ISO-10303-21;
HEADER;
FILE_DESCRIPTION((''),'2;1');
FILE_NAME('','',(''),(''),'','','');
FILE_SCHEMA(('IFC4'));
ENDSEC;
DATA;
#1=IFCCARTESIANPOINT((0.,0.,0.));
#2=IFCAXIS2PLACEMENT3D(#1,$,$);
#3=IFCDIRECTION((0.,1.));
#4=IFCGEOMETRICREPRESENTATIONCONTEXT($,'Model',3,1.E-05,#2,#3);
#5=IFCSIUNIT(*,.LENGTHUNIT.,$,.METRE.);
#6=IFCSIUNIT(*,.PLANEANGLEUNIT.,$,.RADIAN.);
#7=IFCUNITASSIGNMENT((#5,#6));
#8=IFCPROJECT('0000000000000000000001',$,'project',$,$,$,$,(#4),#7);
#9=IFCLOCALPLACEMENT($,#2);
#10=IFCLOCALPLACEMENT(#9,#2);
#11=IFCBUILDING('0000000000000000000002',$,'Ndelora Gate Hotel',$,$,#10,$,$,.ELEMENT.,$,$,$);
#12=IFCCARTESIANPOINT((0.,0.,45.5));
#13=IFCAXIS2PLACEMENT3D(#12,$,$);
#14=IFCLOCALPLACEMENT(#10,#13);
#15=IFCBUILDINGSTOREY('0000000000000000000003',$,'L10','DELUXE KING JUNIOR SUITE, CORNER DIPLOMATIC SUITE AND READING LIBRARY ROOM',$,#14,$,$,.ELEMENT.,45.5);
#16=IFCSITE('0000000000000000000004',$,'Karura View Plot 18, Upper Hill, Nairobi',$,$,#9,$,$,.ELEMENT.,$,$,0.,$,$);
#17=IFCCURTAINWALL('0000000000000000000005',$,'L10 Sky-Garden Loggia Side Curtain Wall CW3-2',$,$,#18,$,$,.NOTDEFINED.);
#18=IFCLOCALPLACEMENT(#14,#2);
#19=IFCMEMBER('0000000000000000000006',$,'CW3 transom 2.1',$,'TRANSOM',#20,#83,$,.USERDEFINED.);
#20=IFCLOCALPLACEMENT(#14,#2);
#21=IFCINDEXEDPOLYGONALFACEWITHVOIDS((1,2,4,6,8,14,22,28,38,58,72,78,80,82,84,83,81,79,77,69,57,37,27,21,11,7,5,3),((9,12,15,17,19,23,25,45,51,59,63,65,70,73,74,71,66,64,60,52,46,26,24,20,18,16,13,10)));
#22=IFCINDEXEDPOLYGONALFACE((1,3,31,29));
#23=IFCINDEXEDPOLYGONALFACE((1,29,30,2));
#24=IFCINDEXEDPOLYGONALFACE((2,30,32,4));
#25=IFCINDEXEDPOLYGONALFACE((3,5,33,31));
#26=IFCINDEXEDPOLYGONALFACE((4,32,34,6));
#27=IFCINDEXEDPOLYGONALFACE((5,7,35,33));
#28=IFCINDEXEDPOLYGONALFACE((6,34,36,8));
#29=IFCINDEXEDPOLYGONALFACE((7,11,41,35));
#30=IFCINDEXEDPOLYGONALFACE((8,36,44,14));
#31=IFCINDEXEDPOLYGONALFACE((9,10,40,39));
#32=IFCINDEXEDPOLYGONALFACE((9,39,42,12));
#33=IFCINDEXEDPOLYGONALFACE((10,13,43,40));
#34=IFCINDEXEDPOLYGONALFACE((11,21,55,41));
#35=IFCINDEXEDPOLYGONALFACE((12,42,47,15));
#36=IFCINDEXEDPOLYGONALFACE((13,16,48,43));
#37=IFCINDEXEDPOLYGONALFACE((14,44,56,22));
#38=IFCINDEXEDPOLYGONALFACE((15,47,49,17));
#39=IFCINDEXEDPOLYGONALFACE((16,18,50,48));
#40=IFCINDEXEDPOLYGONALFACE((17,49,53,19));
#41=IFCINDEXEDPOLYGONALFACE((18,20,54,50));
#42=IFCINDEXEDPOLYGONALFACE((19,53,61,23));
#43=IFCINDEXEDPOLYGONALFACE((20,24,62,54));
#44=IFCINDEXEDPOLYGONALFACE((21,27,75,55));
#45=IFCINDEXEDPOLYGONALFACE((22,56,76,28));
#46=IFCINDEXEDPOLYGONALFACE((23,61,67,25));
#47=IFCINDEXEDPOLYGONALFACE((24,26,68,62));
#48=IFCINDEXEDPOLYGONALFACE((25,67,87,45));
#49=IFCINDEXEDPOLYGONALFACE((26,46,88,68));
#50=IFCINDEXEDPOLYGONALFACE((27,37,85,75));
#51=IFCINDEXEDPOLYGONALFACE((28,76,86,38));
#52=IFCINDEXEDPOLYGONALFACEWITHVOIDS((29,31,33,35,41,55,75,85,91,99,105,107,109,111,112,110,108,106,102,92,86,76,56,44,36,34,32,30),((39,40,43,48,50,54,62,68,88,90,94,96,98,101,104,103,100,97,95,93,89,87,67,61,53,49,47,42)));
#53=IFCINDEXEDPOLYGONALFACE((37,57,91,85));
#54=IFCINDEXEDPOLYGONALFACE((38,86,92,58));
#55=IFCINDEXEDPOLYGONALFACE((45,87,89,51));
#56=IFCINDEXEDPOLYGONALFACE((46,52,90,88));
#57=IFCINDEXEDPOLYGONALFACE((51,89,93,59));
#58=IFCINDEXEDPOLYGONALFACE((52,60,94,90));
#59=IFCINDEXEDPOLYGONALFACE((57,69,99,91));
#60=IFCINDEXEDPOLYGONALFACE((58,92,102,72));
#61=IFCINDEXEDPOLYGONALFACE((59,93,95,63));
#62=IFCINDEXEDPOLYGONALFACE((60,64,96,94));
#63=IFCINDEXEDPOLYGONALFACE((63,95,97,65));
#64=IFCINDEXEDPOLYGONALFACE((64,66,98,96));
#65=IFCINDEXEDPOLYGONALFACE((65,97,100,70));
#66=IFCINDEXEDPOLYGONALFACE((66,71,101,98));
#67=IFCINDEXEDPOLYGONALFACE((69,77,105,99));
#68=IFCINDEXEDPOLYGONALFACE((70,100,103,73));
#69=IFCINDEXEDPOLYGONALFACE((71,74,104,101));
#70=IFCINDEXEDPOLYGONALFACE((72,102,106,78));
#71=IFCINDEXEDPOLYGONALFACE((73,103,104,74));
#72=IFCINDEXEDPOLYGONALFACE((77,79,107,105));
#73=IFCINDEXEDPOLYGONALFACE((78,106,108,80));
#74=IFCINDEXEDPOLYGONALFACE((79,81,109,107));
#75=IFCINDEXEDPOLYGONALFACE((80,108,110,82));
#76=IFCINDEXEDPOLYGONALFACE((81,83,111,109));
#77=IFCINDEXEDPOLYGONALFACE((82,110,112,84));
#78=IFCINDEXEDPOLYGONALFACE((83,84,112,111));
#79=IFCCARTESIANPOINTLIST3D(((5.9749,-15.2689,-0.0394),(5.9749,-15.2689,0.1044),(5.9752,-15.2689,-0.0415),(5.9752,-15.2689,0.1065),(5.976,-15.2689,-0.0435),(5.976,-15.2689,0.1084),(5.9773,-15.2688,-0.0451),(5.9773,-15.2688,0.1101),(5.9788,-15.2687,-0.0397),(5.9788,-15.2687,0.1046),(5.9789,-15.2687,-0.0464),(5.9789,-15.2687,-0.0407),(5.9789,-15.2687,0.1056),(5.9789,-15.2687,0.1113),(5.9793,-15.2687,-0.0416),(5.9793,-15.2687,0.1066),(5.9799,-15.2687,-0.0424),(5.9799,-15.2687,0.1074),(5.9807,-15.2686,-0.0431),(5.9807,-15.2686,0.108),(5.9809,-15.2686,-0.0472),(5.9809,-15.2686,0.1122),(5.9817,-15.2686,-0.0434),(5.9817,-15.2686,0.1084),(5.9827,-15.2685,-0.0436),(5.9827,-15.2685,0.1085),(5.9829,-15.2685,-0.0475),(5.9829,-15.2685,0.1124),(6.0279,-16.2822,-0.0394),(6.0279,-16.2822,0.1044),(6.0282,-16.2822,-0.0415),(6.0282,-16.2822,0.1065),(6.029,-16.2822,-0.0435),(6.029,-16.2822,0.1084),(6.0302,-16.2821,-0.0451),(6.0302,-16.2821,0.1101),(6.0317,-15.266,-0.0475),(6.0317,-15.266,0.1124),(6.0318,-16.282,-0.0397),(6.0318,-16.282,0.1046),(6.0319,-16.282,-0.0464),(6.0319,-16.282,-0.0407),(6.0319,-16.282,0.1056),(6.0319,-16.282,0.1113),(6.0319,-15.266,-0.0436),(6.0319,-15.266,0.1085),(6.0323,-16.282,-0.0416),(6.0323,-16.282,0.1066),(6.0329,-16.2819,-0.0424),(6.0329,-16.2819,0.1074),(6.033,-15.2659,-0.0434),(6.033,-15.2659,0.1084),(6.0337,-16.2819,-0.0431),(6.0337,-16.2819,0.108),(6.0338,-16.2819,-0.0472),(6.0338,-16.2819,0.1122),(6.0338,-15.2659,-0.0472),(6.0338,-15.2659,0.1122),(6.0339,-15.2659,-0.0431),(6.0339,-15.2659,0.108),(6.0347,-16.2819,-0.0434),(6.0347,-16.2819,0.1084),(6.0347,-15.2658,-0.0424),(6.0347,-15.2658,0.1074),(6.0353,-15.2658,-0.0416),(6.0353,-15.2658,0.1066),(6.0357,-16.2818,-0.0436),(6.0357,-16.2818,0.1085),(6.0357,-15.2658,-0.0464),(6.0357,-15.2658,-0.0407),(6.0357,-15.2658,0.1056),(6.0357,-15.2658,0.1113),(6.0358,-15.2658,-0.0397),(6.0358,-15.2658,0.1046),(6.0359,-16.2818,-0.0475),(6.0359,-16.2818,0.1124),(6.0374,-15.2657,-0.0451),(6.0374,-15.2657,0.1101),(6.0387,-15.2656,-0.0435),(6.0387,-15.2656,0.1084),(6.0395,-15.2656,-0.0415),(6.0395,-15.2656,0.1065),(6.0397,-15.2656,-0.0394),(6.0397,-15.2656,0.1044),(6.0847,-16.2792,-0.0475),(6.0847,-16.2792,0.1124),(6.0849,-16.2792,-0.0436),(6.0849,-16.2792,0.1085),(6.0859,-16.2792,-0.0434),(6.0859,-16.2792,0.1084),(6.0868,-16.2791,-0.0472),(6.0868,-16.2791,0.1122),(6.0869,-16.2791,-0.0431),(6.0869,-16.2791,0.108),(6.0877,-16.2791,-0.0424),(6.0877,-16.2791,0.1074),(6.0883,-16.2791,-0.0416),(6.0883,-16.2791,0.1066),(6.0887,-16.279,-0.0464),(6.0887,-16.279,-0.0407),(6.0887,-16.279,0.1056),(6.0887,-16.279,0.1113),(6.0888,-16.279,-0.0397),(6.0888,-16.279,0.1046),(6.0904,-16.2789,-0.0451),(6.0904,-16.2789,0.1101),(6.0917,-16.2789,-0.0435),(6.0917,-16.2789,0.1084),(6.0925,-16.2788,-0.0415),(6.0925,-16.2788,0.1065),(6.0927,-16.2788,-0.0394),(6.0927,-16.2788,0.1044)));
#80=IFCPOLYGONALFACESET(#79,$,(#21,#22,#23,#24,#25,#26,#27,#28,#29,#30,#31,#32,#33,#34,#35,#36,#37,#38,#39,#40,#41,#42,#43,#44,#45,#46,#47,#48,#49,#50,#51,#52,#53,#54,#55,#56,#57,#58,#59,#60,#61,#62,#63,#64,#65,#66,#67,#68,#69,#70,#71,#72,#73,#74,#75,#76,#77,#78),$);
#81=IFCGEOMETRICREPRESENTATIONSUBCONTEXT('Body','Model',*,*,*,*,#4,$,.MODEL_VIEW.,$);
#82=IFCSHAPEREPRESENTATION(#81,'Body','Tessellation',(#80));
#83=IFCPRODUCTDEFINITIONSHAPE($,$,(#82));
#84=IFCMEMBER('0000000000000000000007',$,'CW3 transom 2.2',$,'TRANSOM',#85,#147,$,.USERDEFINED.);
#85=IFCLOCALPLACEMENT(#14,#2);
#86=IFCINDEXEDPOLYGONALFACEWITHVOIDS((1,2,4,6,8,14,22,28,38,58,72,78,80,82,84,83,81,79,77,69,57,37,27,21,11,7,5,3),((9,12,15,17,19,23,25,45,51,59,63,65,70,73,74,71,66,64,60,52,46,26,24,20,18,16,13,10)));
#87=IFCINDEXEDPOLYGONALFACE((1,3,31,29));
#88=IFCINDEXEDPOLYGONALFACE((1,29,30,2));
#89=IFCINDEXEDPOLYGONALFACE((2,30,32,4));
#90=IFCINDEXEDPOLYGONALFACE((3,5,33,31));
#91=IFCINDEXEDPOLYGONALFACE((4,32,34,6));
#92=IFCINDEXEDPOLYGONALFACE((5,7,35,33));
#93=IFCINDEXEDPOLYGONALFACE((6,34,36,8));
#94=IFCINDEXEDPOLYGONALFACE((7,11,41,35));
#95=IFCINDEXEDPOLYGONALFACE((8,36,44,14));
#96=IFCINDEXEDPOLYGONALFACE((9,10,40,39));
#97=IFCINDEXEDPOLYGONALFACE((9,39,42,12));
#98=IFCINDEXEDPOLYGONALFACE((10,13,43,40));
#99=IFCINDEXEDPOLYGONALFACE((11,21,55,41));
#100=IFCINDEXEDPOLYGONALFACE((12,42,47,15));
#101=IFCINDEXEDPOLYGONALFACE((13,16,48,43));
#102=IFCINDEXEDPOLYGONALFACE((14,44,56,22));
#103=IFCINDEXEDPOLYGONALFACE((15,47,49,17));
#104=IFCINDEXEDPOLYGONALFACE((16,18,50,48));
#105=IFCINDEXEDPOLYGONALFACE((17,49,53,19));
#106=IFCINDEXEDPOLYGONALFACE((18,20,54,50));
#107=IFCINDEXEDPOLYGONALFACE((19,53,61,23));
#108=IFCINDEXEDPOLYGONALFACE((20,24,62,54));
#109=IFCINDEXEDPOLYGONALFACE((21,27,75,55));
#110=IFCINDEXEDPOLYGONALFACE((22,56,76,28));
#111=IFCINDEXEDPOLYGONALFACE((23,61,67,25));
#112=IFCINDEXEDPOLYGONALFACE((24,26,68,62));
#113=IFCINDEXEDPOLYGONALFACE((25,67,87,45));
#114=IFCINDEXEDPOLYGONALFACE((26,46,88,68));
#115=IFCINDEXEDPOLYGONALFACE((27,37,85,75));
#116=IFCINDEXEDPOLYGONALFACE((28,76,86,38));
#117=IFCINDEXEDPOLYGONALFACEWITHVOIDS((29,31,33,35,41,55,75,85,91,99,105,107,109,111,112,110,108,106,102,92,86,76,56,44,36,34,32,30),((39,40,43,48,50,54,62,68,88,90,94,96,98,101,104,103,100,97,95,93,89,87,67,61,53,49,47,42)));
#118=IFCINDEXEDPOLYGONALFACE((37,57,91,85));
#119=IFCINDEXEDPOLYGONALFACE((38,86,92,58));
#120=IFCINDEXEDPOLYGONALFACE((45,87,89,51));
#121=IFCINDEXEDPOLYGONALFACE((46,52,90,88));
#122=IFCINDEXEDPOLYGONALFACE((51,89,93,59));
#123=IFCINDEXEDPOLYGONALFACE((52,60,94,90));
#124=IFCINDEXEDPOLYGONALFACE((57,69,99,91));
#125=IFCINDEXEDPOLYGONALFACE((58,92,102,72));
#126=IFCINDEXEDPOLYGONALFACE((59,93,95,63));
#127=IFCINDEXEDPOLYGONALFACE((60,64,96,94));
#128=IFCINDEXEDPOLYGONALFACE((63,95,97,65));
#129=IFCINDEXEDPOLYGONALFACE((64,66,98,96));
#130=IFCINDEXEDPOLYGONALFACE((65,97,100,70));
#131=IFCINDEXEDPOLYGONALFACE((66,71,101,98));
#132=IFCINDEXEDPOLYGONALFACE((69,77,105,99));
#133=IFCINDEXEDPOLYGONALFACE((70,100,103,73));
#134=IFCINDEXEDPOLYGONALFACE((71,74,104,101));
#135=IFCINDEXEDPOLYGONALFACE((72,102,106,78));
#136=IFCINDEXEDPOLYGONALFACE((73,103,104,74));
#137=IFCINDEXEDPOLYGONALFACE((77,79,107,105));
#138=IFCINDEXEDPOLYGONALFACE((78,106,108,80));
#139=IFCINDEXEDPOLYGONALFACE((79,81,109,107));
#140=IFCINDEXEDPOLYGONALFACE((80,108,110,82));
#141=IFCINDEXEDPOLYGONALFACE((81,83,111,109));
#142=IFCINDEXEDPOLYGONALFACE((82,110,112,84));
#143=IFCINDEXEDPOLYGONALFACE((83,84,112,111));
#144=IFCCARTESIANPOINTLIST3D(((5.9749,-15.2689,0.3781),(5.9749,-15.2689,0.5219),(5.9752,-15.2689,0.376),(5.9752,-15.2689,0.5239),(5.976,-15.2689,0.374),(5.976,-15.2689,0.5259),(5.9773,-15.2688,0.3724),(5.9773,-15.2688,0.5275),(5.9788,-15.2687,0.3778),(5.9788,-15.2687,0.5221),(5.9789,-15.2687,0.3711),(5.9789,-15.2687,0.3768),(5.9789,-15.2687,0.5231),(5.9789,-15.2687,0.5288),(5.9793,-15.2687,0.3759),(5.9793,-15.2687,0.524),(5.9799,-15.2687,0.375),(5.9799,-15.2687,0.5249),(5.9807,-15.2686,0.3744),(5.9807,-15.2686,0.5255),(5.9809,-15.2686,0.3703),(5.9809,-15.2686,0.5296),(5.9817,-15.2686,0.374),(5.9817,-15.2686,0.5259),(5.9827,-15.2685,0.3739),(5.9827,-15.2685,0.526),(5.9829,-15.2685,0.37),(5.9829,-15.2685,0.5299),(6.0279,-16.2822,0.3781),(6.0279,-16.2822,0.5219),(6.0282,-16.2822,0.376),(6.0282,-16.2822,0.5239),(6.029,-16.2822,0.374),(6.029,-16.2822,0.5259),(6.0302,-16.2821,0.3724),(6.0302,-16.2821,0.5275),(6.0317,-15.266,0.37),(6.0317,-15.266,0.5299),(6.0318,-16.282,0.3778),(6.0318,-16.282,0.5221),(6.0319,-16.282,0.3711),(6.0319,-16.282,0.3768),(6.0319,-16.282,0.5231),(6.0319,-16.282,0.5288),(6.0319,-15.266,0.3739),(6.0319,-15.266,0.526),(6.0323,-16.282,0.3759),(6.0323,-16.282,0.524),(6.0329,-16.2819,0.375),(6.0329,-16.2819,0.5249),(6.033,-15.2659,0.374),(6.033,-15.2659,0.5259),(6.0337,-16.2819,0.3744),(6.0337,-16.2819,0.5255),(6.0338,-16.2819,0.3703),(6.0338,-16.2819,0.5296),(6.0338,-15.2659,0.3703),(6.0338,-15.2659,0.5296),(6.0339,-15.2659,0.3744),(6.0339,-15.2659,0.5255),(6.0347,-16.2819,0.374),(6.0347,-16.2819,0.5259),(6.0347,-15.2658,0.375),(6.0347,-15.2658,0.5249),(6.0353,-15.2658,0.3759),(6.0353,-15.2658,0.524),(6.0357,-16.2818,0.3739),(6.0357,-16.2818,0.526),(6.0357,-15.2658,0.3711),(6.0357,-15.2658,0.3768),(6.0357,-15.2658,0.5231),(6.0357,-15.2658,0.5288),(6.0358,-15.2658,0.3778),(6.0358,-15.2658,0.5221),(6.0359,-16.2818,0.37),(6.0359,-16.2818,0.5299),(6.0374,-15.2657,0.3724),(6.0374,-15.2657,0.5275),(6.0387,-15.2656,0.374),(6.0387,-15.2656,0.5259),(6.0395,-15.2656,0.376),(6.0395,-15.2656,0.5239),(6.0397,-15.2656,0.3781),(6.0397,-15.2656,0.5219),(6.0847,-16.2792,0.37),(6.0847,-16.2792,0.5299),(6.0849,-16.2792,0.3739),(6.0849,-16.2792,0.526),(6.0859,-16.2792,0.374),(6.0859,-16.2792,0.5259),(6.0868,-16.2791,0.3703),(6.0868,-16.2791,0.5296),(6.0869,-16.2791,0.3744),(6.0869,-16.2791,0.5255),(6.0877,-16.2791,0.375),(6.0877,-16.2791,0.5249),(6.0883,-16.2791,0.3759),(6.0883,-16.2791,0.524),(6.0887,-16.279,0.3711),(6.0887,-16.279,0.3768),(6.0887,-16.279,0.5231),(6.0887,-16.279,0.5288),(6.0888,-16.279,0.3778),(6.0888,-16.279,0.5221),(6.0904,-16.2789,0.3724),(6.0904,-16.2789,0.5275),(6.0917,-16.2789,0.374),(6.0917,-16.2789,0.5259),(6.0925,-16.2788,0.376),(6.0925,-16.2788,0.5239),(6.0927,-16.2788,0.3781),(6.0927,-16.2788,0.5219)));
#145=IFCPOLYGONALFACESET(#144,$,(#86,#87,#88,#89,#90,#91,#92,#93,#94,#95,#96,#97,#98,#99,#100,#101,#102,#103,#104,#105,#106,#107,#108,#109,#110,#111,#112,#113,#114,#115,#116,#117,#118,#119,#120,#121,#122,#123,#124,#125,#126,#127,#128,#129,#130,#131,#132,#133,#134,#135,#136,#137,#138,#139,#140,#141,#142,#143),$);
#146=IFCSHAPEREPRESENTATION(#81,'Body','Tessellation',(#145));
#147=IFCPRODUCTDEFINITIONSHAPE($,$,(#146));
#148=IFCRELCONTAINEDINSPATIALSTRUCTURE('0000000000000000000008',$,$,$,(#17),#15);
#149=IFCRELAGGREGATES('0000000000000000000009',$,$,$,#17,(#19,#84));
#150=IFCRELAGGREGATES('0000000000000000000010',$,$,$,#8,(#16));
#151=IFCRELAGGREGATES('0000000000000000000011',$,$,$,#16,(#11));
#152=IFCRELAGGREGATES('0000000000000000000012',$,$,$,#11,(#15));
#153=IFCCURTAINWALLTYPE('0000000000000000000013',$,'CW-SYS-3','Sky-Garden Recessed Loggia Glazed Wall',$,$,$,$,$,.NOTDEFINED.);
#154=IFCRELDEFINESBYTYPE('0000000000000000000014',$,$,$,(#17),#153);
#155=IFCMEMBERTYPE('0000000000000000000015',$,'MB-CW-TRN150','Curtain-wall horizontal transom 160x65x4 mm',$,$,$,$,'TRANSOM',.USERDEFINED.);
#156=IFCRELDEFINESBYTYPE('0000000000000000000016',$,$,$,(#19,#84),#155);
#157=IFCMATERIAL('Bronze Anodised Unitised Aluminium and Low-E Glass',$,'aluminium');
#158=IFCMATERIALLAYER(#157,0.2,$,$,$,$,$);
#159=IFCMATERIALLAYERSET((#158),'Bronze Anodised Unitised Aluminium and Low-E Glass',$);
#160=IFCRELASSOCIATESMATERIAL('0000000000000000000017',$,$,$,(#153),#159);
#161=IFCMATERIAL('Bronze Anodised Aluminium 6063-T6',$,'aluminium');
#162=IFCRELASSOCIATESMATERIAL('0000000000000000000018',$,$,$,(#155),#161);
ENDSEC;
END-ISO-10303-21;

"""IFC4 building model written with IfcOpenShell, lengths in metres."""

from ifc_helpers import new_model, si_unit, direction, frame, origin, origin_2d, place, context, subcontext, project, spatial, hollow_rectangle, extrude, material, layer, layer_set, material_profile, profile_set, type_object, element, aggregate, save


model = new_model("IFC4")

# Units and contexts
model_context = context("Model", 3, precision=1e-05, world=origin(), true_north=direction((0.0, 1.0)))
body_context = subcontext(model_context, "Body", "Model", "MODEL_VIEW")
ifc_project = project(units=[si_unit("LENGTHUNIT", "METRE"), si_unit("PLANEANGLEUNIT", "RADIAN")], contexts=[model_context])

# Site, building, storey
site_placement = place(None, origin())
site = spatial("IfcSite", under=ifc_project, at=site_placement, Name="Karura View Plot 18, Upper Hill, Nairobi", CompositionType="ELEMENT", RefElevation=0.0)
building_placement = place(site_placement, origin())
building = spatial("IfcBuilding", under=site, at=building_placement, Name="Ndelora Gate Hotel", CompositionType="ELEMENT")
storey_placement = place(building_placement, frame((0.0, 0.0, 45.5)))
storey = spatial("IfcBuildingStorey", under=building, at=storey_placement, Name="L10", Description="DELUXE KING JUNIOR SUITE, CORNER DIPLOMATIC SUITE AND READING LIBRARY ROOM", CompositionType="ELEMENT", Elevation=45.5)

# Curtain wall, members
ifc_material_1 = material(Name="Bronze Anodised Unitised Aluminium and Low-E Glass", Category="aluminium")
ifc_layer_1 = layer(ifc_material_1, 0.2)
ifc_layer_set_1 = layer_set([ifc_layer_1], Name="Bronze Anodised Unitised Aluminium and Low-E Glass")
curtain_wall_type = type_object("IfcCurtainWallType", Name="CW-SYS-3", Description="Sky-Garden Recessed Loggia Glazed Wall", PredefinedType="NOTDEFINED", material=ifc_layer_set_1)
curtain_wall_placement = place(storey_placement, origin())
curtain_wall = element("IfcCurtainWall", 1, at=curtain_wall_placement, inside=storey, type_object=curtain_wall_type, Name="L10 Sky-Garden Loggia Side Curtain Wall CW3-2", PredefinedType="NOTDEFINED")
ifc_material_2 = material(Name="Bronze Anodised Aluminium 6063-T6", Category="aluminium")
ifc_material_profile_1 = material_profile(ifc_material_2, hollow_rectangle(XDim=0.0649, YDim=0.1599, WallThickness=0.0039, InnerFilletRadius=0.0039, OuterFilletRadius=0.0081, at=origin_2d()), Name="ALU 160x65x4")
ifc_profile_set_1 = profile_set([ifc_material_profile_1], Name="Bronze Anodised Aluminium 6063-T6")
member_type_1 = type_object("IfcMemberType", Name="MB-CW-TRN150", Description="Curtain-wall horizontal transom 160x65x4 mm", ElementType="TRANSOM", PredefinedType="USERDEFINED", material=ifc_profile_set_1)
member_1_placement = place(storey_placement, frame((6.0603, -16.2805, 0.0325), z_axis=(-0.052218, 0.998636, 0.0), x_axis=(-0.998636, -0.052218, 0.0)))
member_1 = element("IfcMember", 2, at=member_1_placement, type_object=member_type_1, Name="CW3 transom 2.1", ObjectType="TRANSOM", PredefinedType="USERDEFINED", context=body_context, shape_type="SweptSolid", body=[
    extrude(hollow_rectangle(XDim=0.0649, YDim=0.1599, WallThickness=0.0039, InnerFilletRadius=0.0039, OuterFilletRadius=0.0081, at=origin_2d()), origin(), (0.0, 0.0, 1.0), 1.0146),
])
member_2_placement = place(storey_placement, frame((6.0603, -16.2805, 0.45), z_axis=(-0.052218, 0.998636, 0.0), x_axis=(-0.998636, -0.052218, 0.0)))
member_2 = element("IfcMember", 3, at=member_2_placement, type_object=member_type_1, Name="CW3 transom 2.2", ObjectType="TRANSOM", PredefinedType="USERDEFINED", context=body_context, shape_type="SweptSolid", body=[
    extrude(hollow_rectangle(XDim=0.0649, YDim=0.1599, WallThickness=0.0039, InnerFilletRadius=0.0039, OuterFilletRadius=0.0081, at=origin_2d()), origin(), (0.0, 0.0, 1.0), 1.0146),
])
aggregate(curtain_wall, [member_1, member_2])

save(model, "model.ifc")
